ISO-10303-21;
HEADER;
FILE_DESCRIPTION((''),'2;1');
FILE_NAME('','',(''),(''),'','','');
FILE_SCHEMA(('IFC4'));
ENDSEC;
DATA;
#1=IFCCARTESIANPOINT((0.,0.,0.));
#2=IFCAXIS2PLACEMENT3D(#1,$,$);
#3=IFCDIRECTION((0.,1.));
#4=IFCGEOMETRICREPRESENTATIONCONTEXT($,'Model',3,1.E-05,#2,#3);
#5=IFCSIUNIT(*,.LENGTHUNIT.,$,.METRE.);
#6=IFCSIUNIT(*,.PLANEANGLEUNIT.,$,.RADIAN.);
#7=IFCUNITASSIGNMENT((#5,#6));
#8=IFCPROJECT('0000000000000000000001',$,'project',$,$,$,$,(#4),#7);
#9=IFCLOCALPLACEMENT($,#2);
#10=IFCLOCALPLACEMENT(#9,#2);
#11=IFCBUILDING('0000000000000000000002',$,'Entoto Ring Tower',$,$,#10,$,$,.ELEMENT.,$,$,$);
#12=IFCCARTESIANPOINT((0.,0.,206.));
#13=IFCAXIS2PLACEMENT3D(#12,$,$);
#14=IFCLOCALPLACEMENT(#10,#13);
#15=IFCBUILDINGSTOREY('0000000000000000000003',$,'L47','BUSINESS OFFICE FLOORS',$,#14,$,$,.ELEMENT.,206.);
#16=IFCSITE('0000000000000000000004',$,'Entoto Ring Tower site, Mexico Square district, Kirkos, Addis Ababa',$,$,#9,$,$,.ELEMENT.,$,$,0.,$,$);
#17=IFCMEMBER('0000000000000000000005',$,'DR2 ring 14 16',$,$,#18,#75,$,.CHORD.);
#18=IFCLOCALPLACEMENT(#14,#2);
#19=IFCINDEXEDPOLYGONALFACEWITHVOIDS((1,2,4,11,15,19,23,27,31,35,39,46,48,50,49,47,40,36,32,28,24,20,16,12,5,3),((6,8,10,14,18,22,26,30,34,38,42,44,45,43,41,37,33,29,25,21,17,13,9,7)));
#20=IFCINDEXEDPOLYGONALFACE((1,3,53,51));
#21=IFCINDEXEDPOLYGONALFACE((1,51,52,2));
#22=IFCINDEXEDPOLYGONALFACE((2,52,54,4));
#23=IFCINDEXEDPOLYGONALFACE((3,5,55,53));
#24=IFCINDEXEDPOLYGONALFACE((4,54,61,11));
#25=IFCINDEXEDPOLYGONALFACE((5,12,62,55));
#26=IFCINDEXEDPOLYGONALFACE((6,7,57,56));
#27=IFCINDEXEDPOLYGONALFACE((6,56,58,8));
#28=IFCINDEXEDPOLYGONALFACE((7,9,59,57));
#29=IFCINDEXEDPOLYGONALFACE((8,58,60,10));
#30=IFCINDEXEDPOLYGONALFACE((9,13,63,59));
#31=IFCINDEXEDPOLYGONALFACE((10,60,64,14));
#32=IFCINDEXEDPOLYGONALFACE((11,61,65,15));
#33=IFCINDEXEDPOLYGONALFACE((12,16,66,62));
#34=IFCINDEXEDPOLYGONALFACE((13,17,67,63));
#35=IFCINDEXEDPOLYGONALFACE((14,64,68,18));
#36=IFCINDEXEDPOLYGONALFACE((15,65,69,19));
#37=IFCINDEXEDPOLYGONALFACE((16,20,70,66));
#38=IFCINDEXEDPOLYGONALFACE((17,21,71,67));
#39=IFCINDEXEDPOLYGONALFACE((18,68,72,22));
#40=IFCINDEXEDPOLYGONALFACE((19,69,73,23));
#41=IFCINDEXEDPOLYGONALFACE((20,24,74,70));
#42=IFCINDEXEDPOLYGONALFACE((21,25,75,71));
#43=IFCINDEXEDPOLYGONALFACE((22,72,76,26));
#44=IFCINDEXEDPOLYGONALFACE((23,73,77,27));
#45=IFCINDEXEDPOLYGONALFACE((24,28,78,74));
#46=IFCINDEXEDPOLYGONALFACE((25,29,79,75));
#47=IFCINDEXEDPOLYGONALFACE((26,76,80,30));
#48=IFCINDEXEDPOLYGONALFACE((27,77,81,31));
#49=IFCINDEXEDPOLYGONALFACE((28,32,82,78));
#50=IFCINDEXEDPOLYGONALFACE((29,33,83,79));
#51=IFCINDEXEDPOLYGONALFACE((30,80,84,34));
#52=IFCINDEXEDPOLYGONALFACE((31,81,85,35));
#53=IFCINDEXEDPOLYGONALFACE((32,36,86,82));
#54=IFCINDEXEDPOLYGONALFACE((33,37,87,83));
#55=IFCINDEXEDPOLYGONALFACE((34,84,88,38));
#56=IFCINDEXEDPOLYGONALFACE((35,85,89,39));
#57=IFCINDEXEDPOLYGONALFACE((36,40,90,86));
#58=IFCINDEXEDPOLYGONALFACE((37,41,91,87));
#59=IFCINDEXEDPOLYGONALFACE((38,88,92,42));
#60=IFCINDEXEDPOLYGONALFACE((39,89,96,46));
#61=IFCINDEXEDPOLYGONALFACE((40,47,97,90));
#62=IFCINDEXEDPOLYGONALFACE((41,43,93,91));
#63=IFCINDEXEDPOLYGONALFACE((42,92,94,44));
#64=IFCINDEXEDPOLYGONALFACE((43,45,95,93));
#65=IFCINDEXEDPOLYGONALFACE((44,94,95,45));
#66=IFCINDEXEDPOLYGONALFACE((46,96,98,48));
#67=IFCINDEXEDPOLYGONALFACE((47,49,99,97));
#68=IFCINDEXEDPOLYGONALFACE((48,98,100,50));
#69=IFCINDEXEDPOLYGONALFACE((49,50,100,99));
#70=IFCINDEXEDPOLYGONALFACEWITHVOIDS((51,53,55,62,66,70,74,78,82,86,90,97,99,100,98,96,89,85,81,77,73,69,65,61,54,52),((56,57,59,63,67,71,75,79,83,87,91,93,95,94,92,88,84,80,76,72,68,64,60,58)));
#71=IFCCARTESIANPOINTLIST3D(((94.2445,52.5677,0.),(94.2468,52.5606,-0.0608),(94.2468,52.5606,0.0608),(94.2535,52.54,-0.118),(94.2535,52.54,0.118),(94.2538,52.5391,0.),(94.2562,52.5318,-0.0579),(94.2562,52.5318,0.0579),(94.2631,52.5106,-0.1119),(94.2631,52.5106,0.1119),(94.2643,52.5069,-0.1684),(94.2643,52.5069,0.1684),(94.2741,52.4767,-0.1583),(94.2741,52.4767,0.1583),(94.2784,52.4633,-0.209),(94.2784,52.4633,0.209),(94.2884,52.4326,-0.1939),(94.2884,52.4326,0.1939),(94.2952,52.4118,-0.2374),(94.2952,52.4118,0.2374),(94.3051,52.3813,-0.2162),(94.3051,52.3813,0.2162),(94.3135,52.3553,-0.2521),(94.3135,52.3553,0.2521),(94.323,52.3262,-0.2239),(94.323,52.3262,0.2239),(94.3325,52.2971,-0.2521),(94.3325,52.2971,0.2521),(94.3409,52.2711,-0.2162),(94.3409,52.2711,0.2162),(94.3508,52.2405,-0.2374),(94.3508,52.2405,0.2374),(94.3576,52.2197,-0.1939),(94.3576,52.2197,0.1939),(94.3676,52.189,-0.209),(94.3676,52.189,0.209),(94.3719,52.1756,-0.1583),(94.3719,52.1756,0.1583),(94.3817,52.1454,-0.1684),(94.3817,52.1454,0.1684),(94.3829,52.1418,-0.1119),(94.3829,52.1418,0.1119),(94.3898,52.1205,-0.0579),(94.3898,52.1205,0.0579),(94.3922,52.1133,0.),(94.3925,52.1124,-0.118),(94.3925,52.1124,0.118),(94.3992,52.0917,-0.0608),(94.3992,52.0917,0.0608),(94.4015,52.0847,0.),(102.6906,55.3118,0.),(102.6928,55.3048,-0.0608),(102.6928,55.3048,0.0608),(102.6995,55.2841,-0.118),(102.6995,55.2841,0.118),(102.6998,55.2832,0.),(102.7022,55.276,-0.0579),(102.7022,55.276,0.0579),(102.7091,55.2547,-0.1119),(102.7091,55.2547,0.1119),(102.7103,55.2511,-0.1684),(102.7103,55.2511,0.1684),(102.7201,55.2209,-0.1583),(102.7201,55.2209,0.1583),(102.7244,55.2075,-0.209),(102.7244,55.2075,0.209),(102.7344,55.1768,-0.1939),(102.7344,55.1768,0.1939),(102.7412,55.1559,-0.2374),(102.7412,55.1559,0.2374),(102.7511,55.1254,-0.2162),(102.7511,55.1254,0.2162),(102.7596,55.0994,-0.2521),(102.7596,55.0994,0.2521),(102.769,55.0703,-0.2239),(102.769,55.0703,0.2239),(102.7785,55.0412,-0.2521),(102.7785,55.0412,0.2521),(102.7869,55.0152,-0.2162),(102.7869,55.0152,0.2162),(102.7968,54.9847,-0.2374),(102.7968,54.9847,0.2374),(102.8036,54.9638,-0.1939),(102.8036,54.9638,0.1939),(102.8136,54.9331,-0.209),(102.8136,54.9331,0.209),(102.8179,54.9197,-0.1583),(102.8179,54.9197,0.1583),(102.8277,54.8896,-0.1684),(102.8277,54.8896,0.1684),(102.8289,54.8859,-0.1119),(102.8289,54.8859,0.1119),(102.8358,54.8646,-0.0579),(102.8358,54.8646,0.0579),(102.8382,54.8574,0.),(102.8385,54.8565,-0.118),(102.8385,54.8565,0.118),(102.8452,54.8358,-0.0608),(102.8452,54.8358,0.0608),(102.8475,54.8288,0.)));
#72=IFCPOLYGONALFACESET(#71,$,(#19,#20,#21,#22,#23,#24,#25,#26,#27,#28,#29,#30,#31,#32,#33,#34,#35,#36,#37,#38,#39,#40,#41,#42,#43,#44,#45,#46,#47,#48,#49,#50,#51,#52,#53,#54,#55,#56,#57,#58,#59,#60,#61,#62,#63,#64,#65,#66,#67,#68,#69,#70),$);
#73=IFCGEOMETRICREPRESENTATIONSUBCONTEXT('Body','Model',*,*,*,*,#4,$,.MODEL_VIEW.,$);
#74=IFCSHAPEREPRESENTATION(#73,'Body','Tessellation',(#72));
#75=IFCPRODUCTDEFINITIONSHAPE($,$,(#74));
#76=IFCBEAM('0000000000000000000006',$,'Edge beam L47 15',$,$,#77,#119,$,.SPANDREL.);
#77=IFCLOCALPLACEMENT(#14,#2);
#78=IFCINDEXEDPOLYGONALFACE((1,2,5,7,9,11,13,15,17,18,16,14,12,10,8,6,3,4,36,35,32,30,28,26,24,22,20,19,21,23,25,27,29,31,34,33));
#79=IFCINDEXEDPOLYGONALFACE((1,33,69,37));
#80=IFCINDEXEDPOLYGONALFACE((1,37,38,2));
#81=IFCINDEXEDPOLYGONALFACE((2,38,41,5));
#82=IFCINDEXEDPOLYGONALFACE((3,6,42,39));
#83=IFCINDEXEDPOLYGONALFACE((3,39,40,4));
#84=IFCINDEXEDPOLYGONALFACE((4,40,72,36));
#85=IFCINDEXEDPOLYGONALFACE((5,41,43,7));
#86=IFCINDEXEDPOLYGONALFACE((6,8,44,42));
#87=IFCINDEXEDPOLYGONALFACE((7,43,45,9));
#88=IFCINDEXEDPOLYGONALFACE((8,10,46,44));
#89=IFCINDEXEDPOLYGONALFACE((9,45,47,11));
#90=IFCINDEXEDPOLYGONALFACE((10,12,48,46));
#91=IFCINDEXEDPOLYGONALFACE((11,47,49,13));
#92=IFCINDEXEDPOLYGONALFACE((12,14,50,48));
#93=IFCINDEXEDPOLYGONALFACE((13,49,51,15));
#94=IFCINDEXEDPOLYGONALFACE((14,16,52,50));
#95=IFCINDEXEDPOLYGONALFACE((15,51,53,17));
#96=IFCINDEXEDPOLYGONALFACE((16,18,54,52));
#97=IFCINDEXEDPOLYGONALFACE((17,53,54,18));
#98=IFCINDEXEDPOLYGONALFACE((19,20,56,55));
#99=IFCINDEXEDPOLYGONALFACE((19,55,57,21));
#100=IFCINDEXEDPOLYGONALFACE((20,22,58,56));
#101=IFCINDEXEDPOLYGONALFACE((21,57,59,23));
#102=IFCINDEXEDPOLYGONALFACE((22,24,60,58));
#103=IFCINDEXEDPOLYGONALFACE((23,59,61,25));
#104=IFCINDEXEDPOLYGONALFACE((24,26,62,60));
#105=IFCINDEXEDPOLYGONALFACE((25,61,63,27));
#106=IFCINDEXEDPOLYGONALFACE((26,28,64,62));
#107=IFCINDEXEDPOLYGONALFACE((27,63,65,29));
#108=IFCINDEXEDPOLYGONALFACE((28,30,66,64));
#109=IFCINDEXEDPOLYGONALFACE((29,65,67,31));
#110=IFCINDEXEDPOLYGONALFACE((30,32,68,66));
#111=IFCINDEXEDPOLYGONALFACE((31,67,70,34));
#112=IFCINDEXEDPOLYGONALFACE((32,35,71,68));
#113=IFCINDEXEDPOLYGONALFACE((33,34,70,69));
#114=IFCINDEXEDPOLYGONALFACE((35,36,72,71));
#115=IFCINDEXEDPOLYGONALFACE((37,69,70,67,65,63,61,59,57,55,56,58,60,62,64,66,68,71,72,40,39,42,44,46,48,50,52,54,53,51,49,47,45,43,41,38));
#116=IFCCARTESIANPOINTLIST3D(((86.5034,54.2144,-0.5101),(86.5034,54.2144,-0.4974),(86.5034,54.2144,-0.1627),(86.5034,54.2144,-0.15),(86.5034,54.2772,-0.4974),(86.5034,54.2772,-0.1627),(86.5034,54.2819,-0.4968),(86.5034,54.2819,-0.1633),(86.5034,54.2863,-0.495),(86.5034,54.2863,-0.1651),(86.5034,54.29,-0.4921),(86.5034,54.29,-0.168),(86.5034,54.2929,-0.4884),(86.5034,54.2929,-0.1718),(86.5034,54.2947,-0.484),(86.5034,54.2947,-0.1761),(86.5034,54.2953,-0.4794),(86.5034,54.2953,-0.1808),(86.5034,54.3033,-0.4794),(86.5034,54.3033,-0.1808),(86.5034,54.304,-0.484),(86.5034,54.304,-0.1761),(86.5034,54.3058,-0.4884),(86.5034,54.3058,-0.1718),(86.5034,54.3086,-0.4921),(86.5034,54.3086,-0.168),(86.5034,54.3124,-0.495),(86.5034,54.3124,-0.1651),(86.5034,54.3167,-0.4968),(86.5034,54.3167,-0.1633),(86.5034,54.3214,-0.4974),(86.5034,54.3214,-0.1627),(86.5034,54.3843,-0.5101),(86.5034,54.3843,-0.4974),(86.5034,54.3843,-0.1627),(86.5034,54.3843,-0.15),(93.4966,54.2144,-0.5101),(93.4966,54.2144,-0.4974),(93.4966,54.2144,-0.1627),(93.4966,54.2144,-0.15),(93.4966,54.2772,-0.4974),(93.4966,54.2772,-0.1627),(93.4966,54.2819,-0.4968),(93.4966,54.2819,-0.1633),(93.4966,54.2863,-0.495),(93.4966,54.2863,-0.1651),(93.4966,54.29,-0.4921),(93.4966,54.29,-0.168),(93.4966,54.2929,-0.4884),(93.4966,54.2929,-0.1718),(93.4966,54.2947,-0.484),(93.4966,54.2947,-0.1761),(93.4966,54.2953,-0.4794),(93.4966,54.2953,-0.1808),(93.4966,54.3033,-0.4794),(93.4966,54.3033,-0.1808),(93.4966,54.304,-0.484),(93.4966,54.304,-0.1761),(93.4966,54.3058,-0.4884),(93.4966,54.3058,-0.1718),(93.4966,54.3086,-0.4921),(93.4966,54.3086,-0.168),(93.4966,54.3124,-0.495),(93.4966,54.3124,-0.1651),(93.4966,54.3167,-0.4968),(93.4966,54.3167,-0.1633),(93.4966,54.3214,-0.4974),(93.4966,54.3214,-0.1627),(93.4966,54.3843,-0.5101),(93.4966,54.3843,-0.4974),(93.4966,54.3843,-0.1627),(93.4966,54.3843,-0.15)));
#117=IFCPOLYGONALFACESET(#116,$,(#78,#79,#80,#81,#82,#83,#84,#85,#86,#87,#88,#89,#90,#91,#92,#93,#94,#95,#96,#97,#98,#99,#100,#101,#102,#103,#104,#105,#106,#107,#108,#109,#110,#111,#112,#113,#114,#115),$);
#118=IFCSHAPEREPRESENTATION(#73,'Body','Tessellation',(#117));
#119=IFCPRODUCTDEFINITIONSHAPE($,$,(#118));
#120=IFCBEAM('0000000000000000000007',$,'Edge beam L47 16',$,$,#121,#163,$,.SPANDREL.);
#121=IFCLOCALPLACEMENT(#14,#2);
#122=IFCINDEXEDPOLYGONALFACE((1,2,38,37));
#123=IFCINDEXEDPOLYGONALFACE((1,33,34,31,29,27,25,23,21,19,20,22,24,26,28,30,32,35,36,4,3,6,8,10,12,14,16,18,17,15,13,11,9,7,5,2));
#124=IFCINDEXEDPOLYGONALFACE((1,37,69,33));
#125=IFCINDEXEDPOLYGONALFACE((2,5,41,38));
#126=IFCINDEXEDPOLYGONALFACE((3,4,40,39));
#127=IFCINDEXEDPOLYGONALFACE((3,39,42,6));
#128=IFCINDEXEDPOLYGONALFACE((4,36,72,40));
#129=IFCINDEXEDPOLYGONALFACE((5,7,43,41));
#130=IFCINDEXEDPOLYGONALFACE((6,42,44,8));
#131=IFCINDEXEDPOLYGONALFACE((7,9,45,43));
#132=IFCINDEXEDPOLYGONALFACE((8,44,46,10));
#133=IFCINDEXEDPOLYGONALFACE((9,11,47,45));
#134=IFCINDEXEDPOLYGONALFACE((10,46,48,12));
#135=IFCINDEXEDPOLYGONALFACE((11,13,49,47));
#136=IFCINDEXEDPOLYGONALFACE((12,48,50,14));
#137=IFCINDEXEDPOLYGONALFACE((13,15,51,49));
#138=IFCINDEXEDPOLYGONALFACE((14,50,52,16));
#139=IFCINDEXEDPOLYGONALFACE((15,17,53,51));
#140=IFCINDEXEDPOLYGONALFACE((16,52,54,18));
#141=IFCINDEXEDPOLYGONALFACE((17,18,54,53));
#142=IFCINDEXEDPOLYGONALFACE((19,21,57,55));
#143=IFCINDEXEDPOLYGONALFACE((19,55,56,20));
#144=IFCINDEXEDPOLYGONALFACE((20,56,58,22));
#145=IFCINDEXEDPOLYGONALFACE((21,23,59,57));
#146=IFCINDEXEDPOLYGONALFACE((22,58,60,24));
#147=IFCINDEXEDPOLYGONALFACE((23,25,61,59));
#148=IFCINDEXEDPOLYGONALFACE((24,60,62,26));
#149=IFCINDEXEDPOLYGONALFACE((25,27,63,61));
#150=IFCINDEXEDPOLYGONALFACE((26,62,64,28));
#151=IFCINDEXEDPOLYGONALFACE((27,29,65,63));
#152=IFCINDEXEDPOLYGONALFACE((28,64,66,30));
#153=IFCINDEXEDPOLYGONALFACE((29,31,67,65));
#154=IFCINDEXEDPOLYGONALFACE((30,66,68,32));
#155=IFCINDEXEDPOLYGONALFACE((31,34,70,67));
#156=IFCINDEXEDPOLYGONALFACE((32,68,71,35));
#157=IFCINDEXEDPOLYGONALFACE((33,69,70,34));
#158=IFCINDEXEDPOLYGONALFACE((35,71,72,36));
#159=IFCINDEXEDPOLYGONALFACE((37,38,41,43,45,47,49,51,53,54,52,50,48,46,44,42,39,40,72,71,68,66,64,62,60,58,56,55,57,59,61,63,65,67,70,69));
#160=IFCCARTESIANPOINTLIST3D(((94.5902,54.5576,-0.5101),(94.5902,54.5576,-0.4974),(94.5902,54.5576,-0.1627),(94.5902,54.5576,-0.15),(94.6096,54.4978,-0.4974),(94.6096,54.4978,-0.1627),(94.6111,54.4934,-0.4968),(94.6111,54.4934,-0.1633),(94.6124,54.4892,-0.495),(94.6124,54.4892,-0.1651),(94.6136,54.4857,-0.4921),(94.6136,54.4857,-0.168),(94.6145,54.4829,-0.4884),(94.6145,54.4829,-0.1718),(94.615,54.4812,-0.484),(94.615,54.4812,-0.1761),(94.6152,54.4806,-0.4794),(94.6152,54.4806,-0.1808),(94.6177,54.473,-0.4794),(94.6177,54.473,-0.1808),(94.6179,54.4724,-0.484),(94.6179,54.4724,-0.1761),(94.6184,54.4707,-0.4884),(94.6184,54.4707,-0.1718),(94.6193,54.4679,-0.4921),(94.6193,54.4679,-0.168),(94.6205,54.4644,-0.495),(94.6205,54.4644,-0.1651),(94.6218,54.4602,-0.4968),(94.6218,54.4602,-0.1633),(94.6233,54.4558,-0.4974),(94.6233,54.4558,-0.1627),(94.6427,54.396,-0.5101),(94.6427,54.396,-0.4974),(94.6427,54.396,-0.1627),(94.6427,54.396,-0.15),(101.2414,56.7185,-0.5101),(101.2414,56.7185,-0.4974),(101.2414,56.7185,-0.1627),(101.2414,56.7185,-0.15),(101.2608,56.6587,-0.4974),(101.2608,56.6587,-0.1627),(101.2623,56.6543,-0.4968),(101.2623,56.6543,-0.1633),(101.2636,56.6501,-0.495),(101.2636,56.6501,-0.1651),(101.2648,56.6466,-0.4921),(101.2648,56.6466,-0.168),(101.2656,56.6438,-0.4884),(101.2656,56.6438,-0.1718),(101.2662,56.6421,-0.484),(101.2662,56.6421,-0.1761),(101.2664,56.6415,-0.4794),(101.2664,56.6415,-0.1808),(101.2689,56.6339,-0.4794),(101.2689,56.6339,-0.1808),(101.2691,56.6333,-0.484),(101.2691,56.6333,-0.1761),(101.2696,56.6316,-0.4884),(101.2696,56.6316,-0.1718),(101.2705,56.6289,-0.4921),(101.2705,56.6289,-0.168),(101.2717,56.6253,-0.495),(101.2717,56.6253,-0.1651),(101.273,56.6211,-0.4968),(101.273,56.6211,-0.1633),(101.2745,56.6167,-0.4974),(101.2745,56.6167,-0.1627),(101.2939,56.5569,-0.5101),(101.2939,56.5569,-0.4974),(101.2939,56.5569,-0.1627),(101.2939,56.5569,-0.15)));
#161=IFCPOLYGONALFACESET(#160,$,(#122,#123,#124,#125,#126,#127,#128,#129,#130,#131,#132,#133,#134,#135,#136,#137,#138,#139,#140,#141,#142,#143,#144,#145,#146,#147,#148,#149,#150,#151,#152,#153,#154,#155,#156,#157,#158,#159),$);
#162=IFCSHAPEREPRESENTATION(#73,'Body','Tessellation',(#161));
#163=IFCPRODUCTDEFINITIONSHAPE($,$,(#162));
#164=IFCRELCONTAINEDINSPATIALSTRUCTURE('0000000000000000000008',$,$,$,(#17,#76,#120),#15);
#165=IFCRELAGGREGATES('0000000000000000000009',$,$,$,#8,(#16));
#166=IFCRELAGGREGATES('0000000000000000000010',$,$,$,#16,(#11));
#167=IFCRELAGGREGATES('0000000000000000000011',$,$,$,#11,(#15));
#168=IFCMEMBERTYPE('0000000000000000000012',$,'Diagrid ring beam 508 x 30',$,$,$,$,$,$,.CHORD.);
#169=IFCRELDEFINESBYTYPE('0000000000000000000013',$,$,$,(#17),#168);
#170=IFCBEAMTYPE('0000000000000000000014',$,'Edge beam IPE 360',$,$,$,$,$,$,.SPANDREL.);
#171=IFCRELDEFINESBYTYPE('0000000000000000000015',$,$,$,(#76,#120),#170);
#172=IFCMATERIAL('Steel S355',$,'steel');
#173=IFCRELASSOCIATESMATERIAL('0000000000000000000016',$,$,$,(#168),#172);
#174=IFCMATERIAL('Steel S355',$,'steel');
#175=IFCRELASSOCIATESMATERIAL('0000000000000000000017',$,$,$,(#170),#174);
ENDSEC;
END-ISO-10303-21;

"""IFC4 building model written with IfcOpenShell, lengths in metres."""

from ifc_helpers import new_model, si_unit, direction, frame, origin, origin_2d, place, context, subcontext, project, spatial, circle, hollow_circle, i_section, extrude, material, material_profile, profile_set, type_object, element, save


model = new_model("IFC4")

# Units and contexts
model_context = context("Model", 3, precision=1e-05, world=origin(), true_north=direction((0.0, 1.0)))
body_context = subcontext(model_context, "Body", "Model", "MODEL_VIEW")
ifc_project = project(units=[si_unit("LENGTHUNIT", "METRE"), si_unit("PLANEANGLEUNIT", "RADIAN")], contexts=[model_context])

# Site, building, storey
site_placement = place(None, origin())
site = spatial("IfcSite", under=ifc_project, at=site_placement, Name="Entoto Ring Tower site, Mexico Square district, Kirkos, Addis Ababa", CompositionType="ELEMENT", RefElevation=0.0)
building_placement = place(site_placement, origin())
building = spatial("IfcBuilding", under=site, at=building_placement, Name="Entoto Ring Tower", CompositionType="ELEMENT")
storey_placement = place(building_placement, frame((0.0, 0.0, 206.0)))
storey = spatial("IfcBuildingStorey", under=building, at=storey_placement, Name="L47", Description="BUSINESS OFFICE FLOORS", CompositionType="ELEMENT", Elevation=206.0)

# Member
ifc_material_1 = material(Name="Steel S355", Category="steel")
ifc_material_profile_1 = material_profile(ifc_material_1, hollow_circle(Radius=0.2539, WallThickness=0.03, at=origin_2d()), Name="CHS 508 x 30")
ifc_material_2 = material(Name="Concrete C60/75", Category="concrete")
ifc_material_profile_2 = material_profile(ifc_material_2, circle(Radius=0.2241, at=origin_2d()), Name="Concrete C60/75 infill")
ifc_profile_set_1 = profile_set([ifc_material_profile_1, ifc_material_profile_2], Name="Steel S355")
member_type_1 = type_object("IfcMemberType", Name="Diagrid ring beam 508 x 30", PredefinedType="CHORD", material=ifc_profile_set_1)
member_1_placement = place(storey_placement, frame((94.323, 52.3262, 0.0), z_axis=(0.951061, 0.309002, 0.0), x_axis=(-0.309002, 0.951061, 0.0)))
element("IfcMember", 1, at=member_1_placement, inside=storey, type_object=member_type_1, Name="DR2 ring 14 16", PredefinedType="CHORD", context=body_context, shape_type="SweptSolid", body=[
    extrude(hollow_circle(Radius=0.2539, WallThickness=0.03, at=origin_2d()), origin(), (0.0, 0.0, 1.0), 8.8806),
])

# Beams
ifc_material_3 = material(Name="Steel S355", Category="steel")
ifc_material_profile_3 = material_profile(ifc_material_3, i_section(OverallWidth=0.1699, OverallDepth=0.3601, WebThickness=0.0081, FlangeThickness=0.0127, FilletRadius=0.0181, at=origin_2d()), Name="IPE 360")
ifc_profile_set_2 = profile_set([ifc_material_profile_3], Name="Steel S355")
beam_type_1 = type_object("IfcBeamType", Name="Edge beam IPE 360", PredefinedType="SPANDREL", material=ifc_profile_set_2)
beam_1_placement = place(storey_placement, frame((86.5034, 54.2993, -0.3301), z_axis=(1.0, 0.0, 0.0), x_axis=(0.0, 1.0, 0.0)))
element("IfcBeam", 2, at=beam_1_placement, inside=storey, type_object=beam_type_1, Name="Edge beam L47 15", PredefinedType="SPANDREL", context=body_context, shape_type="SweptSolid", body=[
    extrude(i_section(OverallWidth=0.1699, OverallDepth=0.3601, WebThickness=0.0081, FlangeThickness=0.0127, FilletRadius=0.0181, at=origin_2d()), origin(), (0.0, 0.0, 1.0), 6.9932),
])
beam_2_placement = place(storey_placement, frame((94.6165, 54.4768, -0.3301), z_axis=(0.951065, 0.308992, 0.0), x_axis=(-0.308992, 0.951065, 0.0)))
element("IfcBeam", 3, at=beam_2_placement, inside=storey, type_object=beam_type_1, Name="Edge beam L47 16", PredefinedType="SPANDREL", context=body_context, shape_type="SweptSolid", body=[
    extrude(i_section(OverallWidth=0.1699, OverallDepth=0.3601, WebThickness=0.0081, FlangeThickness=0.0127, FilletRadius=0.0181, at=origin_2d()), origin(), (0.0, 0.0, 1.0), 6.9934),
])

save(model, "model.ifc")
